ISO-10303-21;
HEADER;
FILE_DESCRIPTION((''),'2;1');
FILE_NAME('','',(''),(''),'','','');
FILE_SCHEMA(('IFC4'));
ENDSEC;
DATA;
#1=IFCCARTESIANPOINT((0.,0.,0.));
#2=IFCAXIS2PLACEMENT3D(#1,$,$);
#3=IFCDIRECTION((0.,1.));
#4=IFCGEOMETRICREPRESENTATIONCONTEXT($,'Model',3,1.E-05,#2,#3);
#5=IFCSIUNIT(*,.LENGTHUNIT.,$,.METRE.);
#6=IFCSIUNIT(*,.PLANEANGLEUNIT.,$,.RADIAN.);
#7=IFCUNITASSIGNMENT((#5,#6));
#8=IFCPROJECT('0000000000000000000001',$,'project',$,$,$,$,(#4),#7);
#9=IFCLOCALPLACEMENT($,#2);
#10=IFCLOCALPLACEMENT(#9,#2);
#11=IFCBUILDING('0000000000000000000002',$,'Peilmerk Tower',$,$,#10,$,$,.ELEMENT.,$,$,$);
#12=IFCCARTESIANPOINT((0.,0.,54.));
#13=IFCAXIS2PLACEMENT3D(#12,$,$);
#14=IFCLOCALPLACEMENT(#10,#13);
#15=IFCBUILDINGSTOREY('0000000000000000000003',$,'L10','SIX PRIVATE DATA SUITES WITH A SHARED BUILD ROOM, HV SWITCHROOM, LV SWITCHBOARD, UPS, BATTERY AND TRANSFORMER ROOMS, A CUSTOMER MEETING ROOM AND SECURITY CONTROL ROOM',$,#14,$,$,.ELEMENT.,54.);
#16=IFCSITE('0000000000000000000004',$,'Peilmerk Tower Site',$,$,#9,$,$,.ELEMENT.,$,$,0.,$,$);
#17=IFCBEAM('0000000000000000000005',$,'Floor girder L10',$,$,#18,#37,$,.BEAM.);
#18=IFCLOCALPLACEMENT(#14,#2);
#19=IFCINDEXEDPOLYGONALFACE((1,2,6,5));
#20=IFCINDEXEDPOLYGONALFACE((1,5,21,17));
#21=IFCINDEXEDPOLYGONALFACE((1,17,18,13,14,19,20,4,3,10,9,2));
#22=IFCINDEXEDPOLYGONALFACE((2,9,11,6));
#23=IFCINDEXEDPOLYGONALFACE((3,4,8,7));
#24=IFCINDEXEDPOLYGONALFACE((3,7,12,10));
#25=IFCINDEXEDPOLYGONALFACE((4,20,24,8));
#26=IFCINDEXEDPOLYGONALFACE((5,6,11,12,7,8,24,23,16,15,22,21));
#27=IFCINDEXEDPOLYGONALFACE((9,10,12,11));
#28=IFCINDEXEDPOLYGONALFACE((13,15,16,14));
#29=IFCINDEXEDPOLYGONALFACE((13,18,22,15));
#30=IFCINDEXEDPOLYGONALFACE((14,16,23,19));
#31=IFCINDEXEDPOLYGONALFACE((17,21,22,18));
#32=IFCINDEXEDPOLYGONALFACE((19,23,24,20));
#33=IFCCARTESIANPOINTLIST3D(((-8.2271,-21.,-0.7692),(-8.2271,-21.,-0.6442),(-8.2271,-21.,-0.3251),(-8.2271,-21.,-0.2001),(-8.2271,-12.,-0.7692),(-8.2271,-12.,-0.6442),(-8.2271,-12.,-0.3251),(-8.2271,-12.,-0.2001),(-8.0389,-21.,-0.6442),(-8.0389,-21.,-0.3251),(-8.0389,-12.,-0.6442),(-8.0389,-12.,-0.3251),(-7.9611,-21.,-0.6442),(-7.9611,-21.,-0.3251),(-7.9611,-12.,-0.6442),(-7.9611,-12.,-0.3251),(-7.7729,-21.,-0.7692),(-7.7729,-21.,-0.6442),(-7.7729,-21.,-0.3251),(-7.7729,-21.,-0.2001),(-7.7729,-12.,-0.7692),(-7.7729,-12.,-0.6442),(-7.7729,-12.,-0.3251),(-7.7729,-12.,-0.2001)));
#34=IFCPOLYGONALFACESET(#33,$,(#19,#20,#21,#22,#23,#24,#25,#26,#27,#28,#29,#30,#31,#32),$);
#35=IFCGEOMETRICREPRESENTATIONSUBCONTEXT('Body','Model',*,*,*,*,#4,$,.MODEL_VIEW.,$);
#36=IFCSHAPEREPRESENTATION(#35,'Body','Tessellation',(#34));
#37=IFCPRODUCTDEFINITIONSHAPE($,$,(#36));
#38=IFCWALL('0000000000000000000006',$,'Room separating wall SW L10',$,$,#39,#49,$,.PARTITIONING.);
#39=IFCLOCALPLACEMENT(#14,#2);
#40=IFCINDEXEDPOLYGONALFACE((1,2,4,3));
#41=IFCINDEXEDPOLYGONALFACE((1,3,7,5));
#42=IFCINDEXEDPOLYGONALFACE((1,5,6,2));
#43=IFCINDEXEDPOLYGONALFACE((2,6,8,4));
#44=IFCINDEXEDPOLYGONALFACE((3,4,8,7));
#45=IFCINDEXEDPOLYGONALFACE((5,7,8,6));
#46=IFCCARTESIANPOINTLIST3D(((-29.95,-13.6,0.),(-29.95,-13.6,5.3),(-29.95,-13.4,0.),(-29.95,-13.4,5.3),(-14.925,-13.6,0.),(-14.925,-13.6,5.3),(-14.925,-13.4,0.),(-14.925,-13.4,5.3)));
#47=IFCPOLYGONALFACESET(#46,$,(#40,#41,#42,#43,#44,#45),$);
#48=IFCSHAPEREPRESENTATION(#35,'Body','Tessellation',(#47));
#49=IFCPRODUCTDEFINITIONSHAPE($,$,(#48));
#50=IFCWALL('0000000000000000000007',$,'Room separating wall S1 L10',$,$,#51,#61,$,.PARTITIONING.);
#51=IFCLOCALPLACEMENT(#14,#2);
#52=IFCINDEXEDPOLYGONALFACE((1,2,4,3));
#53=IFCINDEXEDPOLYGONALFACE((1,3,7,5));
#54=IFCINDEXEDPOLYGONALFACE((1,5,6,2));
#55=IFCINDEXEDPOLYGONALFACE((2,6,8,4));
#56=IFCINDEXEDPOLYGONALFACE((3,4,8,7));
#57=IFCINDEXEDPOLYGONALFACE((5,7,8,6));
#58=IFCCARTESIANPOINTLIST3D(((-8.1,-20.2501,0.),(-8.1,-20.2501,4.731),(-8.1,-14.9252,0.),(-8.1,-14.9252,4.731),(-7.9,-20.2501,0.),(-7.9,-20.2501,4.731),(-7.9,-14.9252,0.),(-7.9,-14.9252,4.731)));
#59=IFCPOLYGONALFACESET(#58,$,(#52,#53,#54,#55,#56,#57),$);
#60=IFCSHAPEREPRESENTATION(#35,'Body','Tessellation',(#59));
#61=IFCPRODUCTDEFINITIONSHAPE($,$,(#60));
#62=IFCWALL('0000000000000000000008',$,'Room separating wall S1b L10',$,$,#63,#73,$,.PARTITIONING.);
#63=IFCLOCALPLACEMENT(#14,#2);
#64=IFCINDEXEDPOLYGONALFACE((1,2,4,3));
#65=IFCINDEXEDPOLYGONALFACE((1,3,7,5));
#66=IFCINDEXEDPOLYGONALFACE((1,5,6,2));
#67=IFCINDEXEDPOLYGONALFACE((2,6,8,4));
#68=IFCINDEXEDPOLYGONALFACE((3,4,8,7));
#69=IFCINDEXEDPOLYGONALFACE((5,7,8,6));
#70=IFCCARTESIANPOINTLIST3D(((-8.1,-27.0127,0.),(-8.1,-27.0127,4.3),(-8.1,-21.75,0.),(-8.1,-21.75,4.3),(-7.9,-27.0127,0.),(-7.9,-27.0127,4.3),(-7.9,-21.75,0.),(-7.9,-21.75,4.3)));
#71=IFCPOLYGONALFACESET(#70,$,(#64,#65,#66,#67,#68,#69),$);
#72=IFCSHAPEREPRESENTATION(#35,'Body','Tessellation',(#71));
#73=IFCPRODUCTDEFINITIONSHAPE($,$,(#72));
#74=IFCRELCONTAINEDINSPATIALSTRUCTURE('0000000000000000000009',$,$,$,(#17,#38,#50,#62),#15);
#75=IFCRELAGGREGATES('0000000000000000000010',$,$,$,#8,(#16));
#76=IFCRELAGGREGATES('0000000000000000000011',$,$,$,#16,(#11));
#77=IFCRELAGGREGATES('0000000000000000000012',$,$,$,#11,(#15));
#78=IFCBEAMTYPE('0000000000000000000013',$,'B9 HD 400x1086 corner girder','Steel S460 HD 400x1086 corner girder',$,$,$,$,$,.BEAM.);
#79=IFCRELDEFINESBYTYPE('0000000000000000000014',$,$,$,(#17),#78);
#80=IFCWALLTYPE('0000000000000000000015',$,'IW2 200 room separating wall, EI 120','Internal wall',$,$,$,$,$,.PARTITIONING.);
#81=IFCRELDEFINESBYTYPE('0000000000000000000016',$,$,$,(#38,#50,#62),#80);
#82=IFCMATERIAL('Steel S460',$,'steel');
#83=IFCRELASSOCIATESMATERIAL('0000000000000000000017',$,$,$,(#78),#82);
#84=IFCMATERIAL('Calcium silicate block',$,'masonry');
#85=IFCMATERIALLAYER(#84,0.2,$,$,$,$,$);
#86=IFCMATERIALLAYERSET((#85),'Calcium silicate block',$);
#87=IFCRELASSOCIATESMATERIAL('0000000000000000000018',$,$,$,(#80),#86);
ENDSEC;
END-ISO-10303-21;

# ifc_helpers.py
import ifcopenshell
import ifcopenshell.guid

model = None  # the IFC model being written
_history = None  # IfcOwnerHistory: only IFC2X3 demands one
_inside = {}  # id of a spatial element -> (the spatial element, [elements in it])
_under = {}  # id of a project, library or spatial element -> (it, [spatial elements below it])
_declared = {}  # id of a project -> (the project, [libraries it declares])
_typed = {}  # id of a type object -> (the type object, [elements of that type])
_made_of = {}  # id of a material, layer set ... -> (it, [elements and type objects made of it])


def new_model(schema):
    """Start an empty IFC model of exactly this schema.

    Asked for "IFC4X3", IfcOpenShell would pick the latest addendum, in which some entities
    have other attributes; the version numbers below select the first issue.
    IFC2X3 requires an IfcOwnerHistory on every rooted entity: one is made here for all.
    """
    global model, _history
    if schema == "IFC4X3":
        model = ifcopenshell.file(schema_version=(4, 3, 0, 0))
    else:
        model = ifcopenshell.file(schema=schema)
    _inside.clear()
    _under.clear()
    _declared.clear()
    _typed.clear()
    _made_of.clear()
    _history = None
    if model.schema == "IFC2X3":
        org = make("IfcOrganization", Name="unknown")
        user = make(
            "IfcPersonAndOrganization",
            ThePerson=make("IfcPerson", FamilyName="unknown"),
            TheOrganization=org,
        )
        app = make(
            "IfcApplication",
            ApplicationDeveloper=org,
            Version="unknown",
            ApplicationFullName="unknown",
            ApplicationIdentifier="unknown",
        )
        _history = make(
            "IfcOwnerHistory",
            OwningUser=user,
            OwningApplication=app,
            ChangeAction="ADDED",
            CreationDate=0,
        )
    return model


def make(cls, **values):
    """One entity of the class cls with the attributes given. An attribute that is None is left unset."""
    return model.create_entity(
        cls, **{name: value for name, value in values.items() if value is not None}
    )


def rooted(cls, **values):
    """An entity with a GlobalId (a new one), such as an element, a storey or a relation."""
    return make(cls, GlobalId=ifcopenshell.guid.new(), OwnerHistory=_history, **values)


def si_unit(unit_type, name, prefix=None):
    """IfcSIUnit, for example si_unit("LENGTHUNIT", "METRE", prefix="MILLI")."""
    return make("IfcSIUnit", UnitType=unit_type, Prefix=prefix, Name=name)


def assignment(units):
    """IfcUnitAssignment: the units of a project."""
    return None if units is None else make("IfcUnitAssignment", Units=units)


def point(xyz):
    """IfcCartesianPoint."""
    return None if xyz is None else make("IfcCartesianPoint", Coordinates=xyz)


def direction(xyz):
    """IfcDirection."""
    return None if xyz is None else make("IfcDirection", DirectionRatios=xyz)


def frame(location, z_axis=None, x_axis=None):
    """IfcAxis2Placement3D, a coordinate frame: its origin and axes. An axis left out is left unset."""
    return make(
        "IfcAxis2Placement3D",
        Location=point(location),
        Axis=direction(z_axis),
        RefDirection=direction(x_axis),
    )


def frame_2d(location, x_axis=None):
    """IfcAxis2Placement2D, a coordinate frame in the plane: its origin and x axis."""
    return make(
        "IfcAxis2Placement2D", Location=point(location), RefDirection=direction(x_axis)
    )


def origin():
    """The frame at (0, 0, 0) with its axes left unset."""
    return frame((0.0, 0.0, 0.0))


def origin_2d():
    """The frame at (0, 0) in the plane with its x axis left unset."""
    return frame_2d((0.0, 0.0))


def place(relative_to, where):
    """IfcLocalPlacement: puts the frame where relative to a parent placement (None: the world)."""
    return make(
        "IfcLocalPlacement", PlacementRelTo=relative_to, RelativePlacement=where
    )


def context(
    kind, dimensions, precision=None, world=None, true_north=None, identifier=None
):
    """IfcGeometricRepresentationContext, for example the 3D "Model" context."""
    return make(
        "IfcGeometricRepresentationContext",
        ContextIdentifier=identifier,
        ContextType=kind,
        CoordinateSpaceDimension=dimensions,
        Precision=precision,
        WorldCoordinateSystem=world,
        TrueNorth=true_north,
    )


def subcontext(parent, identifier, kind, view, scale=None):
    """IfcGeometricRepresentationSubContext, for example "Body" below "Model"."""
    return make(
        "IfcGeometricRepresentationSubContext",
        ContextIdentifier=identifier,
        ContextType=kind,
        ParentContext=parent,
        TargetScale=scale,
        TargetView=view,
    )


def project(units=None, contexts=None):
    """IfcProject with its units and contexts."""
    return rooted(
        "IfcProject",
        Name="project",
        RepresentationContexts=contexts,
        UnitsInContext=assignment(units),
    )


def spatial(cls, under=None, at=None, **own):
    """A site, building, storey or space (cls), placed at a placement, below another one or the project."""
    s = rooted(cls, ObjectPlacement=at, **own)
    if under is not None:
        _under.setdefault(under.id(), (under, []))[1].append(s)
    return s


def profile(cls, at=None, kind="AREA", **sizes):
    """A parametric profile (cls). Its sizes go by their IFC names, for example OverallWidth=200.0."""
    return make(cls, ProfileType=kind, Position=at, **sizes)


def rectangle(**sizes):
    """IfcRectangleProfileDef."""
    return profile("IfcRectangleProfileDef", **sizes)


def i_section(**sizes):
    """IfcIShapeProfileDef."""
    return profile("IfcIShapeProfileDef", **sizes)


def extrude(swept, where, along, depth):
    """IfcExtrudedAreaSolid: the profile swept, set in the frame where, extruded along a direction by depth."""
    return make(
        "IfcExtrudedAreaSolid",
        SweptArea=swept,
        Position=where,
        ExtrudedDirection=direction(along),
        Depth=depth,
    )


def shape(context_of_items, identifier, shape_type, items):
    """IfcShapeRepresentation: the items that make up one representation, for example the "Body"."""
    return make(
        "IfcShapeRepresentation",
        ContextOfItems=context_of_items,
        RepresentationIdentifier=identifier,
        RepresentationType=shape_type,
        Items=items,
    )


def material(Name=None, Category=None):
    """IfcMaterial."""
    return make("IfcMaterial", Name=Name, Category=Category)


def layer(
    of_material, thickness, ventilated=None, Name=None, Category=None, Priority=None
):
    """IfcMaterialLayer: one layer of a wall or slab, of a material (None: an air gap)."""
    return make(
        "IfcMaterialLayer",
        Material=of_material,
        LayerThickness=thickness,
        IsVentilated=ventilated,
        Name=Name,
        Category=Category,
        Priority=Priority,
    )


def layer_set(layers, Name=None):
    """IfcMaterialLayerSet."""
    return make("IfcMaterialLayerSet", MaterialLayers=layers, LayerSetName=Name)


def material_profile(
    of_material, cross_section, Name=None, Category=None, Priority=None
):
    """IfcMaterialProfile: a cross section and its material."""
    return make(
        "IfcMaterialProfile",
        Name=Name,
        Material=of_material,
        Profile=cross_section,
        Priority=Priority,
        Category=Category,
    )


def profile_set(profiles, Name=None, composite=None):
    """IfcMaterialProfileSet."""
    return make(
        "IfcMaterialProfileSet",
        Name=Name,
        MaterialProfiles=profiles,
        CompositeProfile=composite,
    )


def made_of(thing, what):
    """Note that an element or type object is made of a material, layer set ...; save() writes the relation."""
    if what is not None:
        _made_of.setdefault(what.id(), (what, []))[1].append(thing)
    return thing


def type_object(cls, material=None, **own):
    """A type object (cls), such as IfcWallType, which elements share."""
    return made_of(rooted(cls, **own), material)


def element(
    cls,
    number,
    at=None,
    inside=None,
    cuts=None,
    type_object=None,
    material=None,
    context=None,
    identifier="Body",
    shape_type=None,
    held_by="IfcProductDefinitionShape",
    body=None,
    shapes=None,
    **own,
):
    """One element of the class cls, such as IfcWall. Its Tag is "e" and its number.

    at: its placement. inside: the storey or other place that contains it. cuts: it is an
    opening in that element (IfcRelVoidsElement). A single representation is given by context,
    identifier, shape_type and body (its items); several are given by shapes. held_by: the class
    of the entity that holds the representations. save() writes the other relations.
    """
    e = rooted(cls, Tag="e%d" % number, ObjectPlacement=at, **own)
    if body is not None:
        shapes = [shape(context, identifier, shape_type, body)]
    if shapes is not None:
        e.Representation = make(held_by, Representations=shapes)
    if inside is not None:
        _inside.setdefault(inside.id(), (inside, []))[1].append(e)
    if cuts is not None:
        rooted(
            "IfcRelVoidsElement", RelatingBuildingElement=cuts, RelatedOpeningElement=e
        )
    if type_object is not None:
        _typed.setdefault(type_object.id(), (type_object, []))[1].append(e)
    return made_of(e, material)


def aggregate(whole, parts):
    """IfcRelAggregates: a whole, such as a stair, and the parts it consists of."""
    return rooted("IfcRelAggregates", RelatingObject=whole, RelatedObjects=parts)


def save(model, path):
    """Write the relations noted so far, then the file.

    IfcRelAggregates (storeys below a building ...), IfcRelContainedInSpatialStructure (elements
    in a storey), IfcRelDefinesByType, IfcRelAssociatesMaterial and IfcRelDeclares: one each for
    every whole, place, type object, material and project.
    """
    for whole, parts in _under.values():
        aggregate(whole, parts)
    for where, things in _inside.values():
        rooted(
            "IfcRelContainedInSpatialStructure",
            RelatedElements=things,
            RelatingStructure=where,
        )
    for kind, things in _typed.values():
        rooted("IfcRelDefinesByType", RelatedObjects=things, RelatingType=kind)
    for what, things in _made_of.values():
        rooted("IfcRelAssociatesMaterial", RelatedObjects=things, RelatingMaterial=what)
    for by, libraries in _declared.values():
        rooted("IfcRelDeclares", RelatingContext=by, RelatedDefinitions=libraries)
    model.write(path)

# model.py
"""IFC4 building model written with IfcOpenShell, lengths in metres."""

from ifc_helpers import new_model, si_unit, direction, frame, frame_2d, origin, origin_2d, place, context, subcontext, project, spatial, rectangle, i_section, extrude, material, layer, layer_set, material_profile, profile_set, type_object, element, save


model = new_model("IFC4")

# Units and contexts
model_context = context("Model", 3, precision=1e-05, world=origin(), true_north=direction((0.0, 1.0)))
body_context = subcontext(model_context, "Body", "Model", "MODEL_VIEW")
ifc_project = project(units=[si_unit("LENGTHUNIT", "METRE"), si_unit("PLANEANGLEUNIT", "RADIAN")], contexts=[model_context])

# Site, building, storey
site_placement = place(None, origin())
site = spatial("IfcSite", under=ifc_project, at=site_placement, Name="Peilmerk Tower Site", CompositionType="ELEMENT", RefElevation=0.0)
building_placement = place(site_placement, origin())
building = spatial("IfcBuilding", under=site, at=building_placement, Name="Peilmerk Tower", CompositionType="ELEMENT")
storey_placement = place(building_placement, frame((0.0, 0.0, 54.0)))
storey = spatial("IfcBuildingStorey", under=building, at=storey_placement, Name="L10", Description="SIX PRIVATE DATA SUITES WITH A SHARED BUILD ROOM, HV SWITCHROOM, LV SWITCHBOARD, UPS, BATTERY AND TRANSFORMER ROOMS, A CUSTOMER MEETING ROOM AND SECURITY CONTROL ROOM", CompositionType="ELEMENT", Elevation=54.0)

# Beam
ifc_material_1 = material(Name="Steel S460", Category="steel")
ifc_material_profile_1 = material_profile(ifc_material_1, i_section(OverallWidth=0.4541, OverallDepth=0.5691, WebThickness=0.0779, FlangeThickness=0.125, at=origin_2d()), Name="HD 400x1086")
ifc_profile_set_1 = profile_set([ifc_material_profile_1], Name="Steel S460")
beam_type_1 = type_object("IfcBeamType", Name="B9 HD 400x1086 corner girder", Description="Steel S460 HD 400x1086 corner girder", PredefinedType="BEAM", material=ifc_profile_set_1)
beam_1_placement = place(storey_placement, frame((-8.0, -12.0, -0.4846), z_axis=(0.0, -1.0, 0.0), x_axis=(1.0, 0.0, 0.0)))
element("IfcBeam", 1, at=beam_1_placement, inside=storey, type_object=beam_type_1, Name="Floor girder L10", PredefinedType="BEAM", context=body_context, shape_type="SweptSolid", body=[
    extrude(i_section(OverallWidth=0.4541, OverallDepth=0.5691, WebThickness=0.0779, FlangeThickness=0.125, at=origin_2d()), origin(), (0.0, 0.0, 1.0), 9.0),
])

# Walls
ifc_material_2 = material(Name="Calcium silicate block", Category="masonry")
ifc_layer = layer(ifc_material_2, 0.2)
ifc_layer_set = layer_set([ifc_layer], Name="Calcium silicate block")
wall_type = type_object("IfcWallType", Name="IW2 200 room separating wall, EI 120", Description="Internal wall", PredefinedType="PARTITIONING", material=ifc_layer_set)
wall_1_placement = place(storey_placement, frame((-14.925, -13.5, 0.0), z_axis=(0.0, 0.0, 1.0), x_axis=(-1.0, 0.0, 0.0)))
element("IfcWall", 2, at=wall_1_placement, inside=storey, type_object=wall_type, Name="Room separating wall SW L10", PredefinedType="PARTITIONING", context=body_context, shape_type="SweptSolid", body=[
    extrude(rectangle(XDim=15.0249, YDim=0.2, at=frame_2d((7.5125, 0.0))), origin(), (0.0, 0.0, 1.0), 5.3),
])
wall_2_placement = place(storey_placement, frame((-8.0, -14.925, 0.0), z_axis=(0.0, 0.0, 1.0), x_axis=(0.0, -1.0, 0.0)))
element("IfcWall", 3, at=wall_2_placement, inside=storey, type_object=wall_type, Name="Room separating wall S1 L10", PredefinedType="PARTITIONING", context=body_context, shape_type="SweptSolid", body=[
    extrude(rectangle(XDim=5.325, YDim=0.2, at=frame_2d((2.6626, 0.0))), origin(), (0.0, 0.0, 1.0), 4.731),
])
wall_3_placement = place(storey_placement, frame((-8.0, -21.75, 0.0), z_axis=(0.0, 0.0, 1.0), x_axis=(0.0, -1.0, 0.0)))
element("IfcWall", 4, at=wall_3_placement, inside=storey, type_object=wall_type, Name="Room separating wall S1b L10", PredefinedType="PARTITIONING", context=body_context, shape_type="SweptSolid", body=[
    extrude(rectangle(XDim=5.2627, YDim=0.2, at=frame_2d((2.6313, 0.0))), origin(), (0.0, 0.0, 1.0), 4.3),
])

save(model, "model.ifc")
